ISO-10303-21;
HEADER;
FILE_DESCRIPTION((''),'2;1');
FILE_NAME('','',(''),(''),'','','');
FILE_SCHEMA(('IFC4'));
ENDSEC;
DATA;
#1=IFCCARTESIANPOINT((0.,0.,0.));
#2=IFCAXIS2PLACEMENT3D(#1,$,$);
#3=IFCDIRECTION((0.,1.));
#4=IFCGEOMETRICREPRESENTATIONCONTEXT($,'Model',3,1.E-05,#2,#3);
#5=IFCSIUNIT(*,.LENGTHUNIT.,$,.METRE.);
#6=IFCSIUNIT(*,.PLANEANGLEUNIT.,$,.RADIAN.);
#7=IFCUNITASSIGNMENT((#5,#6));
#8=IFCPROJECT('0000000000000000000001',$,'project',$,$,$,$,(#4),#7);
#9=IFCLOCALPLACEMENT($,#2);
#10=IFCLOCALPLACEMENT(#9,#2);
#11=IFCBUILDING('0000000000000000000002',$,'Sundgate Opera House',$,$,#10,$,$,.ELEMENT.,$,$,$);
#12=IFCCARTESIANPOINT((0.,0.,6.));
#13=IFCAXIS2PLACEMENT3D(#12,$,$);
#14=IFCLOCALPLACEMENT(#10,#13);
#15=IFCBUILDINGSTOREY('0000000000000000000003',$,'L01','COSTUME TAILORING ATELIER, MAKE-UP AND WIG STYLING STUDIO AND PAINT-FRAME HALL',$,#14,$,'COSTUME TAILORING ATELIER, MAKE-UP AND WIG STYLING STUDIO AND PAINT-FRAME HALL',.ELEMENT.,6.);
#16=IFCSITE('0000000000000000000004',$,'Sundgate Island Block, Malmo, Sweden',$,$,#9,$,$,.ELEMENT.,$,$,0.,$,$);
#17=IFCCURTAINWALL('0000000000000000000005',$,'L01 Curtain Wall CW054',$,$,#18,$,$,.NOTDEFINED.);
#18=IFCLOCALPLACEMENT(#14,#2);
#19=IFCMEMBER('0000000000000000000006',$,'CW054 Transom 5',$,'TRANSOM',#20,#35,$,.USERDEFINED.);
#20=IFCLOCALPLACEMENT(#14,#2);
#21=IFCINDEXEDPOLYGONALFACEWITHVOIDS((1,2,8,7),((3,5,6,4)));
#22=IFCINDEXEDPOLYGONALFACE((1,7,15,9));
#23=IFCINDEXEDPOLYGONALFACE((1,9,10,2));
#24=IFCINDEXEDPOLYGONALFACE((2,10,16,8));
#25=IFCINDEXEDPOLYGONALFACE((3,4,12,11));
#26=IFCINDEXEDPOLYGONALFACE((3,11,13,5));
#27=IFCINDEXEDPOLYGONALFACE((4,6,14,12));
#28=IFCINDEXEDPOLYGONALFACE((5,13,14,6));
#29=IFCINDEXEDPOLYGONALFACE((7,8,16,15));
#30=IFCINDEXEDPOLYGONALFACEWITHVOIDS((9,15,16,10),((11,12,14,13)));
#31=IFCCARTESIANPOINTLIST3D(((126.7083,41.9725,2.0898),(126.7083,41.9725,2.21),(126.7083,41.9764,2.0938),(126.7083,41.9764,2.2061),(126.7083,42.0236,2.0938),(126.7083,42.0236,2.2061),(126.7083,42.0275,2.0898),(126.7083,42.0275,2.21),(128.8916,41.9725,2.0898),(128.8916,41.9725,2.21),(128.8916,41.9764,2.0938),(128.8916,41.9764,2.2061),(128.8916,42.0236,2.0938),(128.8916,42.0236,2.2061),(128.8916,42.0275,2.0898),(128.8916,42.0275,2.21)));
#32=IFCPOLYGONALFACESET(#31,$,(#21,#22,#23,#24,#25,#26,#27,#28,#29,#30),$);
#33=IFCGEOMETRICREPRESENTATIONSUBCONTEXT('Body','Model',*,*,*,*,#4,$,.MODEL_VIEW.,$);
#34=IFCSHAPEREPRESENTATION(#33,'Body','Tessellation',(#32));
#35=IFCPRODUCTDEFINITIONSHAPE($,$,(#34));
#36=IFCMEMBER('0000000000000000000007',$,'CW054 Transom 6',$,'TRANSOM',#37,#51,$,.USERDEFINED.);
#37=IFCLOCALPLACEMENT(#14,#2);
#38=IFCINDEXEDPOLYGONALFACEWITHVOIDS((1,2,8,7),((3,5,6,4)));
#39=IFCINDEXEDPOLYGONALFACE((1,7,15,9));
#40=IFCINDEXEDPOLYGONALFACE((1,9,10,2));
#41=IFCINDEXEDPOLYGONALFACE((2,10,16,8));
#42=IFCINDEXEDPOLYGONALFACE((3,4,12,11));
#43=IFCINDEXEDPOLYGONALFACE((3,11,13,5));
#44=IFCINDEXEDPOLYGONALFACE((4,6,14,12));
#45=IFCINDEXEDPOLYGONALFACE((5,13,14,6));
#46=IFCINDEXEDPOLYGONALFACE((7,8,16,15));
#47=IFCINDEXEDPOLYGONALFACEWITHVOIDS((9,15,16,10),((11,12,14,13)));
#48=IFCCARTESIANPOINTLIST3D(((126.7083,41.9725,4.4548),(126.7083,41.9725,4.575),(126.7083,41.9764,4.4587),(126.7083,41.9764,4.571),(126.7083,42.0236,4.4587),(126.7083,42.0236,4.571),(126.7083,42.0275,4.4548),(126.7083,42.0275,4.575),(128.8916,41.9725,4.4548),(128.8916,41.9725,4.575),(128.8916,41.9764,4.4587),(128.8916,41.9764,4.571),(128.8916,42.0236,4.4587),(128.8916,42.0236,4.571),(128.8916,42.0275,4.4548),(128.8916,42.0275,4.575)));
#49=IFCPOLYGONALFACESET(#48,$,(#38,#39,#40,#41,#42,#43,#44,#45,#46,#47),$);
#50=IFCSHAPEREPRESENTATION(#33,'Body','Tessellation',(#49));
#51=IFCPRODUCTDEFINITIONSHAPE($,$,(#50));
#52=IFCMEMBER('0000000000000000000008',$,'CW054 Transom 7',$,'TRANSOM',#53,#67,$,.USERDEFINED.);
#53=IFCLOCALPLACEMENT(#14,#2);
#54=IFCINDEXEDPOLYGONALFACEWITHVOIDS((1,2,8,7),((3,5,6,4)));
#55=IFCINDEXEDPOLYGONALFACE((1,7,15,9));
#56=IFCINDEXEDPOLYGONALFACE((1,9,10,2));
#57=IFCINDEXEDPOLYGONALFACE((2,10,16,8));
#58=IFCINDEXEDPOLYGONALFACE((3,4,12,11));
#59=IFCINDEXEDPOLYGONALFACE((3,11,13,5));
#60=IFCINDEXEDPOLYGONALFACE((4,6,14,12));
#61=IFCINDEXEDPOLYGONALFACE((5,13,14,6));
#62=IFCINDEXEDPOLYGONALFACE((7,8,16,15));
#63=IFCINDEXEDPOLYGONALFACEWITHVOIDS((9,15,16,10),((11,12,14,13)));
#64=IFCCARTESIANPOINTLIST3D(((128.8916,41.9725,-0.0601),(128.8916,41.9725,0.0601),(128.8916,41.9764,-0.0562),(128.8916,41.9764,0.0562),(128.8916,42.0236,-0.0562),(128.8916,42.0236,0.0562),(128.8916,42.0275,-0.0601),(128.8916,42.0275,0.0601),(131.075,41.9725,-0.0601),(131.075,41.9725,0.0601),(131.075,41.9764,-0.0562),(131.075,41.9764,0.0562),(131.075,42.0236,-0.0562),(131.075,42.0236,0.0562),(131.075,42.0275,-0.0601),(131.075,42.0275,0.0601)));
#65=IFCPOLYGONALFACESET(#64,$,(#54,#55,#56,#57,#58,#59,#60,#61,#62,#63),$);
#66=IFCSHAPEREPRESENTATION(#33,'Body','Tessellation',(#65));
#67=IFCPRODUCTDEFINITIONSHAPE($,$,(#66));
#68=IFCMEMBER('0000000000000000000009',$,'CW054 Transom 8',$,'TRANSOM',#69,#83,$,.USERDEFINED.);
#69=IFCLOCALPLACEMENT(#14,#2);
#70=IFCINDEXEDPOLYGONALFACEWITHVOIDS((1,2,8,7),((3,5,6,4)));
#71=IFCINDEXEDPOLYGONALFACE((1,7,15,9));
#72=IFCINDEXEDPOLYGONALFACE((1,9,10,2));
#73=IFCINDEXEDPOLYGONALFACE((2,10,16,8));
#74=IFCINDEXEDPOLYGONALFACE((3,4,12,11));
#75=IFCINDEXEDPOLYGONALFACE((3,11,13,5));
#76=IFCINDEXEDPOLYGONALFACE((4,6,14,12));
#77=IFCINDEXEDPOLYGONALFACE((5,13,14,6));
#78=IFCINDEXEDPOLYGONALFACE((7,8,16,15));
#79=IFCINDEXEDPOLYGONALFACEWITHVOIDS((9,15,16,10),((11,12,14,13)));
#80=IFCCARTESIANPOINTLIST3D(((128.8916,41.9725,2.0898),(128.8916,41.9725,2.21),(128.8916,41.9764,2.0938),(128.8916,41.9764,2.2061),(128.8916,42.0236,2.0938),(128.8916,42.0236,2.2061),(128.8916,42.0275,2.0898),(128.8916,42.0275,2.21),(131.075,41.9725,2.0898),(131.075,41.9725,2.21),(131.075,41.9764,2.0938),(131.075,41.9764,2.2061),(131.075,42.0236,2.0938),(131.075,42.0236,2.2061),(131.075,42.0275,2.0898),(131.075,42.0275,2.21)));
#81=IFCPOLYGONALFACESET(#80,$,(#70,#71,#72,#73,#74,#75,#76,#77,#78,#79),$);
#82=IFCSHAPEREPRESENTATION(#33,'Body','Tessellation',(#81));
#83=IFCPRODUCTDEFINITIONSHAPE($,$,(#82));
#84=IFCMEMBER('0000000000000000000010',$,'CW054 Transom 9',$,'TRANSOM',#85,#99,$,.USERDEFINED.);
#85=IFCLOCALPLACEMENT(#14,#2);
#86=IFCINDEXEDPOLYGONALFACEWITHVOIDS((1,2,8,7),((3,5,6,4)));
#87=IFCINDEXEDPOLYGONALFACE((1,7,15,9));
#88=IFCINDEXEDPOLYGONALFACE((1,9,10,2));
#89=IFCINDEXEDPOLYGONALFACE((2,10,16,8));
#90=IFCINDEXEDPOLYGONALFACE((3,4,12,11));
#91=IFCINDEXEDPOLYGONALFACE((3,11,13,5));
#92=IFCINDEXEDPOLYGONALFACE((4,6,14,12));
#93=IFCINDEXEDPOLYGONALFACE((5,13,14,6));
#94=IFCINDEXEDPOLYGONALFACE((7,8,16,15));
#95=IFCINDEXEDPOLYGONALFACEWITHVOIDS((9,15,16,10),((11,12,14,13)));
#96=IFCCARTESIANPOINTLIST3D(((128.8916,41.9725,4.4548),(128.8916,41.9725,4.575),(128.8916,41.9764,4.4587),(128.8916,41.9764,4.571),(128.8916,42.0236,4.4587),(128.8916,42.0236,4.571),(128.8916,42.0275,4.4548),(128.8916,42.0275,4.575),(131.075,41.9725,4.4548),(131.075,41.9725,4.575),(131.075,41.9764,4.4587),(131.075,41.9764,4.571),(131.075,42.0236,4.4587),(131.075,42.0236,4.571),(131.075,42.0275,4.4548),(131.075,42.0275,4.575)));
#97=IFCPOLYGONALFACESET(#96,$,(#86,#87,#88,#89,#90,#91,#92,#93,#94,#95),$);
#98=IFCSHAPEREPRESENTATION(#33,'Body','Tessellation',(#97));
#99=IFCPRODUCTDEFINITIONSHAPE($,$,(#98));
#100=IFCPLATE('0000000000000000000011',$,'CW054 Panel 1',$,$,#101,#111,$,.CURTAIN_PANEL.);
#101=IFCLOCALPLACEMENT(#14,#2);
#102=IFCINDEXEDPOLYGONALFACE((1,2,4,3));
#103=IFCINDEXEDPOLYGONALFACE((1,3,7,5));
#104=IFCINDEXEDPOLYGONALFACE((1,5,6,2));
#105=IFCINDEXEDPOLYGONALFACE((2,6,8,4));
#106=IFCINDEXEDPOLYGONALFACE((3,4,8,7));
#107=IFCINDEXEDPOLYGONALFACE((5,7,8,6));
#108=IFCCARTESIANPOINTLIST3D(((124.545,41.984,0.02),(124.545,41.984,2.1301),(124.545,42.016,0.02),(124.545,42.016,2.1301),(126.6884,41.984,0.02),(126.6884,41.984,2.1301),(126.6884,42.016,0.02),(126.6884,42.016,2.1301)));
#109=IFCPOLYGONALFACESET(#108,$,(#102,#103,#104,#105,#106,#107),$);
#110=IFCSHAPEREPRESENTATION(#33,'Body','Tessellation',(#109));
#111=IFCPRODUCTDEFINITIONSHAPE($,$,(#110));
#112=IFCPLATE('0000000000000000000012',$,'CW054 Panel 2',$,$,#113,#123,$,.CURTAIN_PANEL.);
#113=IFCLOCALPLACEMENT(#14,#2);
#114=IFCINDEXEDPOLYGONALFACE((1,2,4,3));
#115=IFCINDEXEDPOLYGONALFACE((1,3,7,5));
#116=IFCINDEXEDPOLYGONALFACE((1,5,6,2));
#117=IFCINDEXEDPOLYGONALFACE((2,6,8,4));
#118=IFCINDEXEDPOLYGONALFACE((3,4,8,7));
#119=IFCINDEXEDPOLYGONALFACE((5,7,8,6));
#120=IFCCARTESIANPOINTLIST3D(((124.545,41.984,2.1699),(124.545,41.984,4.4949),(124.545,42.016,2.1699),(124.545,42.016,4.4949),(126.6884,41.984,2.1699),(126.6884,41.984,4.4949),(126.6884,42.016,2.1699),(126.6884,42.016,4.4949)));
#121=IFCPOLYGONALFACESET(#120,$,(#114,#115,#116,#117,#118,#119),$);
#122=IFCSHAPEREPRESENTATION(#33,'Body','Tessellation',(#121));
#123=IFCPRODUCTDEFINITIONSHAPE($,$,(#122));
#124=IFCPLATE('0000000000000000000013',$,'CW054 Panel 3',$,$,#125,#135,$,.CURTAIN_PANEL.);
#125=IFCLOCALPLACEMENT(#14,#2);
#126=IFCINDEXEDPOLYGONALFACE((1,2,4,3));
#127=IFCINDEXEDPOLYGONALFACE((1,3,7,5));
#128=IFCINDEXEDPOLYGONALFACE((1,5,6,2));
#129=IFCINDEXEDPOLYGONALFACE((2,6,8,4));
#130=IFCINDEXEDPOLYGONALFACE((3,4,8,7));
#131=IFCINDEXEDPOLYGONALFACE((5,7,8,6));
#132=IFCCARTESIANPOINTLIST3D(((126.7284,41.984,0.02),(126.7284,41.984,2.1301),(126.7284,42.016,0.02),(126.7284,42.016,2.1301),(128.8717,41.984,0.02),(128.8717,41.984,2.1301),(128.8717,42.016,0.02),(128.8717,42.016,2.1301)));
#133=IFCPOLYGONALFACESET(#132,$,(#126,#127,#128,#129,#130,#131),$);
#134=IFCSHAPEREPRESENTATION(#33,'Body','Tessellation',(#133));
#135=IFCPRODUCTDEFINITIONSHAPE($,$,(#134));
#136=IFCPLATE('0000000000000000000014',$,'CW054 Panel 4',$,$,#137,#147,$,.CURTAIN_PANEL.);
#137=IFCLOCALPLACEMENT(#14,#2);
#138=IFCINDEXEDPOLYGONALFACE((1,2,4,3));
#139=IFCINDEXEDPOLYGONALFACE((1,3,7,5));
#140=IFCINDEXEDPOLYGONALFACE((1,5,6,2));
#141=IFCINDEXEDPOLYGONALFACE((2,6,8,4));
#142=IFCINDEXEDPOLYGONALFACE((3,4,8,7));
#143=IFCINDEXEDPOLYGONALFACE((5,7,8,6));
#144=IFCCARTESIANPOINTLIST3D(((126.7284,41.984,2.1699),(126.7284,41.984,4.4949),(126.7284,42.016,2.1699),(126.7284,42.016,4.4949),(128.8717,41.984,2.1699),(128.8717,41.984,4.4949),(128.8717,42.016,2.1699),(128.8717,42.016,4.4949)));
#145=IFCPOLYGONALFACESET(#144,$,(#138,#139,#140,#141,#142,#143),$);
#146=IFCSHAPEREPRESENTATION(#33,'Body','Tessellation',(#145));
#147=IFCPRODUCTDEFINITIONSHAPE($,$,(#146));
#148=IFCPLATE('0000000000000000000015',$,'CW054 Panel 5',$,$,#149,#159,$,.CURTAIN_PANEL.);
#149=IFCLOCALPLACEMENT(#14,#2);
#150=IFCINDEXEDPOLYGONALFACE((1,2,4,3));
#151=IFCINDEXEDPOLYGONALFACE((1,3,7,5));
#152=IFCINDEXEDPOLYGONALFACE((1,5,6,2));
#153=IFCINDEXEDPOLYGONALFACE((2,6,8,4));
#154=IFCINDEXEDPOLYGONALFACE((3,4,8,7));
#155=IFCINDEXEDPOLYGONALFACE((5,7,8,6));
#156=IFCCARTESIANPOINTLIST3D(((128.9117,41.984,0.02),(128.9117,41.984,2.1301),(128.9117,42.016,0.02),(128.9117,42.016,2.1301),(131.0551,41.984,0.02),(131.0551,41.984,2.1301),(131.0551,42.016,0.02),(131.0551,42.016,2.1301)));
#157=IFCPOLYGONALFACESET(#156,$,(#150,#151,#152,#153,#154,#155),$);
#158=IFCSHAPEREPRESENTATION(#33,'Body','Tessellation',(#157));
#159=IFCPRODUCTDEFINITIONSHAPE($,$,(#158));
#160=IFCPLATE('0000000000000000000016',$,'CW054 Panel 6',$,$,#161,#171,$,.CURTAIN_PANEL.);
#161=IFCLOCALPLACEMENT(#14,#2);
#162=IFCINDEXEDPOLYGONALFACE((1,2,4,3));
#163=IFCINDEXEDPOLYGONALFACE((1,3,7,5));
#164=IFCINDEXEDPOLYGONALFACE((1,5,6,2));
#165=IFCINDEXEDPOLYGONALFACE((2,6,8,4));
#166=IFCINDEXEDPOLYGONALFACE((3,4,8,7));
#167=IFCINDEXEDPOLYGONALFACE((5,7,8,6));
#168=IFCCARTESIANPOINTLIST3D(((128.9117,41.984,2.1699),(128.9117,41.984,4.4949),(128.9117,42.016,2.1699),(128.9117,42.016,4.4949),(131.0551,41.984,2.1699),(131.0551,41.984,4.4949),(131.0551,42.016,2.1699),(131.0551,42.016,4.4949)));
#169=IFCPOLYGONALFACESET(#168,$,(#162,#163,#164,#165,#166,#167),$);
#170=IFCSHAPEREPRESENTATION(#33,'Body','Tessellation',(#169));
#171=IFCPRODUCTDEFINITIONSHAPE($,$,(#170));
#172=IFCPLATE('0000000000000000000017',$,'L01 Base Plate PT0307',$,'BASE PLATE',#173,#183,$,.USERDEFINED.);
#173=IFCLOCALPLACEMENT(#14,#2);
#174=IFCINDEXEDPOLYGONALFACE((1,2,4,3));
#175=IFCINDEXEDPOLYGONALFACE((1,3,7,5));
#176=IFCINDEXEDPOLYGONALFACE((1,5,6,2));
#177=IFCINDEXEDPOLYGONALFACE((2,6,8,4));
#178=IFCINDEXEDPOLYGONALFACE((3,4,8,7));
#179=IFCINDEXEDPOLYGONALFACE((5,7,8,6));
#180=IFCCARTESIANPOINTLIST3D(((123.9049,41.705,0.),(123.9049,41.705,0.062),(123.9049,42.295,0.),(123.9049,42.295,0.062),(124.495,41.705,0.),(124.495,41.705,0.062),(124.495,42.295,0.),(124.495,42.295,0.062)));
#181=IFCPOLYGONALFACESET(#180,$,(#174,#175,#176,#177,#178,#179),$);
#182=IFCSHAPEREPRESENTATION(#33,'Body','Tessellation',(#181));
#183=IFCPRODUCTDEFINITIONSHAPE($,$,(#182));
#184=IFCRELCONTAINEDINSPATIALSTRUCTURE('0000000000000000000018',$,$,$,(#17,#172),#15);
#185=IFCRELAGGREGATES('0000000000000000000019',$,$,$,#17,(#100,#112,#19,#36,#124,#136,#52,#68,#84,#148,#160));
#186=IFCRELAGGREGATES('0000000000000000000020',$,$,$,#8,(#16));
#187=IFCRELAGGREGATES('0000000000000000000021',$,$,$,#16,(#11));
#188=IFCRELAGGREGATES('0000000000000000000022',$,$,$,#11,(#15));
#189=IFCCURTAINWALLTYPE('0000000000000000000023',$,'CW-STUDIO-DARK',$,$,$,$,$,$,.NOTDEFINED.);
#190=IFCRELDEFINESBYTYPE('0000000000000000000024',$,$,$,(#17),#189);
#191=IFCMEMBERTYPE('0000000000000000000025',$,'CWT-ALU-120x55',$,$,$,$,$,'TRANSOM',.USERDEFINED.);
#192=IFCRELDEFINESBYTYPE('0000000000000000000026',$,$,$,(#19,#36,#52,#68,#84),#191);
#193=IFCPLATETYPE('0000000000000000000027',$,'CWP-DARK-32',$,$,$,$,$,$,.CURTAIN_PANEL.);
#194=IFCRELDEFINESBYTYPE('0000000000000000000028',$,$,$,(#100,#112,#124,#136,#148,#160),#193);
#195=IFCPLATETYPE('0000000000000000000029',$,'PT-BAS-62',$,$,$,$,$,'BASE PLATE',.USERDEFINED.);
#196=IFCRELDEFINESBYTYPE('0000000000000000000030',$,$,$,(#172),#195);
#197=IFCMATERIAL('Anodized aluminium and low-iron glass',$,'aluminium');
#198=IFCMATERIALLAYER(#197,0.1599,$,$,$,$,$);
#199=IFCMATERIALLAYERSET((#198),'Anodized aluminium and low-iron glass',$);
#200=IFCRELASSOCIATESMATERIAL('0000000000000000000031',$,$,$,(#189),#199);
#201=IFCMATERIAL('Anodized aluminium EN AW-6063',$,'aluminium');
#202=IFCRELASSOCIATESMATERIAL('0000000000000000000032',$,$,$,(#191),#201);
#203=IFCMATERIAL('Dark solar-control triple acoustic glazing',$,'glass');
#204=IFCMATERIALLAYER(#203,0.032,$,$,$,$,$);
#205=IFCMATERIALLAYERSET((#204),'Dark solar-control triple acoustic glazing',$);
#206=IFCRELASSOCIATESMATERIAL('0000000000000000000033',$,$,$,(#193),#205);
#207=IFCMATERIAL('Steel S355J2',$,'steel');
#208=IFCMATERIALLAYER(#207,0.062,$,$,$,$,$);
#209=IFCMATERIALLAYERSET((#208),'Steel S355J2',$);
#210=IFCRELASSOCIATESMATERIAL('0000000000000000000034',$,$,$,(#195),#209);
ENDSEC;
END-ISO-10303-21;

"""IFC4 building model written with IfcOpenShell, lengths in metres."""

from ifc_helpers import new_model, si_unit, direction, frame, origin, origin_2d, place, context, subcontext, project, spatial, rectangle, hollow_rectangle, extrude, material, layer, layer_set, material_profile, profile_set, type_object, element, aggregate, save


model = new_model("IFC4")

# Units and contexts
model_context = context("Model", 3, precision=1e-05, world=origin(), true_north=direction((0.0, 1.0)))
body_context = subcontext(model_context, "Body", "Model", "MODEL_VIEW")
ifc_project = project(units=[si_unit("LENGTHUNIT", "METRE"), si_unit("PLANEANGLEUNIT", "RADIAN")], contexts=[model_context])

# Site, building, storey
site_placement = place(None, origin())
site = spatial("IfcSite", under=ifc_project, at=site_placement, Name="Sundgate Island Block, Malmo, Sweden", CompositionType="ELEMENT", RefElevation=0.0)
building_placement = place(site_placement, origin())
building = spatial("IfcBuilding", under=site, at=building_placement, Name="Sundgate Opera House", CompositionType="ELEMENT")
storey_placement = place(building_placement, frame((0.0, 0.0, 6.0)))
storey = spatial("IfcBuildingStorey", under=building, at=storey_placement, Name="L01", Description="COSTUME TAILORING ATELIER, MAKE-UP AND WIG STYLING STUDIO AND PAINT-FRAME HALL", LongName="COSTUME TAILORING ATELIER, MAKE-UP AND WIG STYLING STUDIO AND PAINT-FRAME HALL", CompositionType="ELEMENT", Elevation=6.0)

# Curtain wall, members, plates
ifc_material_1 = material(Name="Anodized aluminium and low-iron glass", Category="aluminium")
ifc_layer_1 = layer(ifc_material_1, 0.1599)
ifc_layer_set_1 = layer_set([ifc_layer_1], Name="Anodized aluminium and low-iron glass")
curtain_wall_type = type_object("IfcCurtainWallType", Name="CW-STUDIO-DARK", PredefinedType="NOTDEFINED", material=ifc_layer_set_1)
curtain_wall_placement = place(storey_placement, origin())
curtain_wall = element("IfcCurtainWall", 1, at=curtain_wall_placement, inside=storey, type_object=curtain_wall_type, Name="L01 Curtain Wall CW054", PredefinedType="NOTDEFINED")
ifc_material_2 = material(Name="Anodized aluminium EN AW-6063", Category="aluminium")
ifc_material_profile_1 = material_profile(ifc_material_2, hollow_rectangle(XDim=0.0549, YDim=0.1201, WallThickness=0.0039, at=origin_2d()), Name="CWT 120x55x4")
ifc_profile_set_1 = profile_set([ifc_material_profile_1], Name="Anodized aluminium EN AW-6063")
member_type_1 = type_object("IfcMemberType", Name="CWT-ALU-120x55", ElementType="TRANSOM", PredefinedType="USERDEFINED", material=ifc_profile_set_1)
member_1_placement = place(storey_placement, frame((126.7083, 42.0, 2.1499), z_axis=(1.0, 0.0, 0.0), x_axis=(0.0, 1.0, 0.0)))
member_1 = element("IfcMember", 2, at=member_1_placement, type_object=member_type_1, Name="CW054 Transom 5", ObjectType="TRANSOM", PredefinedType="USERDEFINED", context=body_context, shape_type="SweptSolid", body=[
    extrude(hollow_rectangle(XDim=0.0549, YDim=0.1201, WallThickness=0.0039, at=origin_2d()), origin(), (0.0, 0.0, 1.0), 2.1833),
])
member_2_placement = place(storey_placement, frame((126.7083, 42.0, 4.5149), z_axis=(1.0, 0.0, 0.0), x_axis=(0.0, 1.0, 0.0)))
member_2 = element("IfcMember", 3, at=member_2_placement, type_object=member_type_1, Name="CW054 Transom 6", ObjectType="TRANSOM", PredefinedType="USERDEFINED", context=body_context, shape_type="SweptSolid", body=[
    extrude(hollow_rectangle(XDim=0.0549, YDim=0.1201, WallThickness=0.0039, at=origin_2d()), origin(), (0.0, 0.0, 1.0), 2.1833),
])
member_3_placement = place(storey_placement, frame((128.8916, 42.0, 0.0), z_axis=(1.0, 0.0, 0.0), x_axis=(0.0, 1.0, 0.0)))
member_3 = element("IfcMember", 4, at=member_3_placement, type_object=member_type_1, Name="CW054 Transom 7", ObjectType="TRANSOM", PredefinedType="USERDEFINED", context=body_context, shape_type="SweptSolid", body=[
    extrude(hollow_rectangle(XDim=0.0549, YDim=0.1201, WallThickness=0.0039, at=origin_2d()), origin(), (0.0, 0.0, 1.0), 2.1833),
])
member_4_placement = place(storey_placement, frame((128.8916, 42.0, 2.1499), z_axis=(1.0, 0.0, 0.0), x_axis=(0.0, 1.0, 0.0)))
member_4 = element("IfcMember", 5, at=member_4_placement, type_object=member_type_1, Name="CW054 Transom 8", ObjectType="TRANSOM", PredefinedType="USERDEFINED", context=body_context, shape_type="SweptSolid", body=[
    extrude(hollow_rectangle(XDim=0.0549, YDim=0.1201, WallThickness=0.0039, at=origin_2d()), origin(), (0.0, 0.0, 1.0), 2.1833),
])
member_5_placement = place(storey_placement, frame((128.8916, 42.0, 4.5149), z_axis=(1.0, 0.0, 0.0), x_axis=(0.0, 1.0, 0.0)))
member_5 = element("IfcMember", 6, at=member_5_placement, type_object=member_type_1, Name="CW054 Transom 9", ObjectType="TRANSOM", PredefinedType="USERDEFINED", context=body_context, shape_type="SweptSolid", body=[
    extrude(hollow_rectangle(XDim=0.0549, YDim=0.1201, WallThickness=0.0039, at=origin_2d()), origin(), (0.0, 0.0, 1.0), 2.1833),
])
ifc_material_3 = material(Name="Dark solar-control triple acoustic glazing", Category="glass")
ifc_layer_2 = layer(ifc_material_3, 0.032)
ifc_layer_set_2 = layer_set([ifc_layer_2], Name="Dark solar-control triple acoustic glazing")
plate_type_1 = type_object("IfcPlateType", Name="CWP-DARK-32", PredefinedType="CURTAIN_PANEL", material=ifc_layer_set_2)
plate_1_placement = place(storey_placement, frame((125.6167, 42.0, 0.02), z_axis=(0.0, 0.0, 1.0), x_axis=(1.0, 0.0, 0.0)))
plate_1 = element("IfcPlate", 7, at=plate_1_placement, type_object=plate_type_1, Name="CW054 Panel 1", PredefinedType="CURTAIN_PANEL", context=body_context, shape_type="SweptSolid", body=[
    extrude(rectangle(XDim=2.1433, YDim=0.032, at=origin_2d()), origin(), (0.0, 0.0, 1.0), 2.1101),
])
plate_2_placement = place(storey_placement, frame((125.6167, 42.0, 2.1699), z_axis=(0.0, 0.0, 1.0), x_axis=(1.0, 0.0, 0.0)))
plate_2 = element("IfcPlate", 8, at=plate_2_placement, type_object=plate_type_1, Name="CW054 Panel 2", PredefinedType="CURTAIN_PANEL", context=body_context, shape_type="SweptSolid", body=[
    extrude(rectangle(XDim=2.1433, YDim=0.032, at=origin_2d()), origin(), (0.0, 0.0, 1.0), 2.325),
])
plate_3_placement = place(storey_placement, frame((127.8, 42.0, 0.02), z_axis=(0.0, 0.0, 1.0), x_axis=(1.0, 0.0, 0.0)))
plate_3 = element("IfcPlate", 9, at=plate_3_placement, type_object=plate_type_1, Name="CW054 Panel 3", PredefinedType="CURTAIN_PANEL", context=body_context, shape_type="SweptSolid", body=[
    extrude(rectangle(XDim=2.1433, YDim=0.032, at=origin_2d()), origin(), (0.0, 0.0, 1.0), 2.1101),
])
plate_4_placement = place(storey_placement, frame((127.8, 42.0, 2.1699), z_axis=(0.0, 0.0, 1.0), x_axis=(1.0, 0.0, 0.0)))
plate_4 = element("IfcPlate", 10, at=plate_4_placement, type_object=plate_type_1, Name="CW054 Panel 4", PredefinedType="CURTAIN_PANEL", context=body_context, shape_type="SweptSolid", body=[
    extrude(rectangle(XDim=2.1433, YDim=0.032, at=origin_2d()), origin(), (0.0, 0.0, 1.0), 2.325),
])
plate_5_placement = place(storey_placement, frame((129.9834, 42.0, 0.02), z_axis=(0.0, 0.0, 1.0), x_axis=(1.0, 0.0, 0.0)))
plate_5 = element("IfcPlate", 11, at=plate_5_placement, type_object=plate_type_1, Name="CW054 Panel 5", PredefinedType="CURTAIN_PANEL", context=body_context, shape_type="SweptSolid", body=[
    extrude(rectangle(XDim=2.1433, YDim=0.032, at=origin_2d()), origin(), (0.0, 0.0, 1.0), 2.1101),
])
plate_6_placement = place(storey_placement, frame((129.9834, 42.0, 2.1699), z_axis=(0.0, 0.0, 1.0), x_axis=(1.0, 0.0, 0.0)))
plate_6 = element("IfcPlate", 12, at=plate_6_placement, type_object=plate_type_1, Name="CW054 Panel 6", PredefinedType="CURTAIN_PANEL", context=body_context, shape_type="SweptSolid", body=[
    extrude(rectangle(XDim=2.1433, YDim=0.032, at=origin_2d()), origin(), (0.0, 0.0, 1.0), 2.325),
])
aggregate(curtain_wall, [plate_1, plate_2, member_1, member_2, plate_3, plate_4, member_3, member_4, member_5, plate_5, plate_6])

# Plate
ifc_material_4 = material(Name="Steel S355J2", Category="steel")
ifc_layer_3 = layer(ifc_material_4, 0.062)
ifc_layer_set_3 = layer_set([ifc_layer_3], Name="Steel S355J2")
plate_type_2 = type_object("IfcPlateType", Name="PT-BAS-62", ElementType="BASE PLATE", PredefinedType="USERDEFINED", material=ifc_layer_set_3)
plate_7_placement = place(storey_placement, frame((124.2, 42.0, 0.0), z_axis=(0.0, 0.0, 1.0), x_axis=(1.0, 0.0, 0.0)))
element("IfcPlate", 13, at=plate_7_placement, inside=storey, type_object=plate_type_2, Name="L01 Base Plate PT0307", ObjectType="BASE PLATE", PredefinedType="USERDEFINED", context=body_context, shape_type="SweptSolid", body=[
    extrude(rectangle(XDim=0.5901, YDim=0.5901, at=origin_2d()), origin(), (0.0, 0.0, 1.0), 0.062),
])

save(model, "model.ifc")
